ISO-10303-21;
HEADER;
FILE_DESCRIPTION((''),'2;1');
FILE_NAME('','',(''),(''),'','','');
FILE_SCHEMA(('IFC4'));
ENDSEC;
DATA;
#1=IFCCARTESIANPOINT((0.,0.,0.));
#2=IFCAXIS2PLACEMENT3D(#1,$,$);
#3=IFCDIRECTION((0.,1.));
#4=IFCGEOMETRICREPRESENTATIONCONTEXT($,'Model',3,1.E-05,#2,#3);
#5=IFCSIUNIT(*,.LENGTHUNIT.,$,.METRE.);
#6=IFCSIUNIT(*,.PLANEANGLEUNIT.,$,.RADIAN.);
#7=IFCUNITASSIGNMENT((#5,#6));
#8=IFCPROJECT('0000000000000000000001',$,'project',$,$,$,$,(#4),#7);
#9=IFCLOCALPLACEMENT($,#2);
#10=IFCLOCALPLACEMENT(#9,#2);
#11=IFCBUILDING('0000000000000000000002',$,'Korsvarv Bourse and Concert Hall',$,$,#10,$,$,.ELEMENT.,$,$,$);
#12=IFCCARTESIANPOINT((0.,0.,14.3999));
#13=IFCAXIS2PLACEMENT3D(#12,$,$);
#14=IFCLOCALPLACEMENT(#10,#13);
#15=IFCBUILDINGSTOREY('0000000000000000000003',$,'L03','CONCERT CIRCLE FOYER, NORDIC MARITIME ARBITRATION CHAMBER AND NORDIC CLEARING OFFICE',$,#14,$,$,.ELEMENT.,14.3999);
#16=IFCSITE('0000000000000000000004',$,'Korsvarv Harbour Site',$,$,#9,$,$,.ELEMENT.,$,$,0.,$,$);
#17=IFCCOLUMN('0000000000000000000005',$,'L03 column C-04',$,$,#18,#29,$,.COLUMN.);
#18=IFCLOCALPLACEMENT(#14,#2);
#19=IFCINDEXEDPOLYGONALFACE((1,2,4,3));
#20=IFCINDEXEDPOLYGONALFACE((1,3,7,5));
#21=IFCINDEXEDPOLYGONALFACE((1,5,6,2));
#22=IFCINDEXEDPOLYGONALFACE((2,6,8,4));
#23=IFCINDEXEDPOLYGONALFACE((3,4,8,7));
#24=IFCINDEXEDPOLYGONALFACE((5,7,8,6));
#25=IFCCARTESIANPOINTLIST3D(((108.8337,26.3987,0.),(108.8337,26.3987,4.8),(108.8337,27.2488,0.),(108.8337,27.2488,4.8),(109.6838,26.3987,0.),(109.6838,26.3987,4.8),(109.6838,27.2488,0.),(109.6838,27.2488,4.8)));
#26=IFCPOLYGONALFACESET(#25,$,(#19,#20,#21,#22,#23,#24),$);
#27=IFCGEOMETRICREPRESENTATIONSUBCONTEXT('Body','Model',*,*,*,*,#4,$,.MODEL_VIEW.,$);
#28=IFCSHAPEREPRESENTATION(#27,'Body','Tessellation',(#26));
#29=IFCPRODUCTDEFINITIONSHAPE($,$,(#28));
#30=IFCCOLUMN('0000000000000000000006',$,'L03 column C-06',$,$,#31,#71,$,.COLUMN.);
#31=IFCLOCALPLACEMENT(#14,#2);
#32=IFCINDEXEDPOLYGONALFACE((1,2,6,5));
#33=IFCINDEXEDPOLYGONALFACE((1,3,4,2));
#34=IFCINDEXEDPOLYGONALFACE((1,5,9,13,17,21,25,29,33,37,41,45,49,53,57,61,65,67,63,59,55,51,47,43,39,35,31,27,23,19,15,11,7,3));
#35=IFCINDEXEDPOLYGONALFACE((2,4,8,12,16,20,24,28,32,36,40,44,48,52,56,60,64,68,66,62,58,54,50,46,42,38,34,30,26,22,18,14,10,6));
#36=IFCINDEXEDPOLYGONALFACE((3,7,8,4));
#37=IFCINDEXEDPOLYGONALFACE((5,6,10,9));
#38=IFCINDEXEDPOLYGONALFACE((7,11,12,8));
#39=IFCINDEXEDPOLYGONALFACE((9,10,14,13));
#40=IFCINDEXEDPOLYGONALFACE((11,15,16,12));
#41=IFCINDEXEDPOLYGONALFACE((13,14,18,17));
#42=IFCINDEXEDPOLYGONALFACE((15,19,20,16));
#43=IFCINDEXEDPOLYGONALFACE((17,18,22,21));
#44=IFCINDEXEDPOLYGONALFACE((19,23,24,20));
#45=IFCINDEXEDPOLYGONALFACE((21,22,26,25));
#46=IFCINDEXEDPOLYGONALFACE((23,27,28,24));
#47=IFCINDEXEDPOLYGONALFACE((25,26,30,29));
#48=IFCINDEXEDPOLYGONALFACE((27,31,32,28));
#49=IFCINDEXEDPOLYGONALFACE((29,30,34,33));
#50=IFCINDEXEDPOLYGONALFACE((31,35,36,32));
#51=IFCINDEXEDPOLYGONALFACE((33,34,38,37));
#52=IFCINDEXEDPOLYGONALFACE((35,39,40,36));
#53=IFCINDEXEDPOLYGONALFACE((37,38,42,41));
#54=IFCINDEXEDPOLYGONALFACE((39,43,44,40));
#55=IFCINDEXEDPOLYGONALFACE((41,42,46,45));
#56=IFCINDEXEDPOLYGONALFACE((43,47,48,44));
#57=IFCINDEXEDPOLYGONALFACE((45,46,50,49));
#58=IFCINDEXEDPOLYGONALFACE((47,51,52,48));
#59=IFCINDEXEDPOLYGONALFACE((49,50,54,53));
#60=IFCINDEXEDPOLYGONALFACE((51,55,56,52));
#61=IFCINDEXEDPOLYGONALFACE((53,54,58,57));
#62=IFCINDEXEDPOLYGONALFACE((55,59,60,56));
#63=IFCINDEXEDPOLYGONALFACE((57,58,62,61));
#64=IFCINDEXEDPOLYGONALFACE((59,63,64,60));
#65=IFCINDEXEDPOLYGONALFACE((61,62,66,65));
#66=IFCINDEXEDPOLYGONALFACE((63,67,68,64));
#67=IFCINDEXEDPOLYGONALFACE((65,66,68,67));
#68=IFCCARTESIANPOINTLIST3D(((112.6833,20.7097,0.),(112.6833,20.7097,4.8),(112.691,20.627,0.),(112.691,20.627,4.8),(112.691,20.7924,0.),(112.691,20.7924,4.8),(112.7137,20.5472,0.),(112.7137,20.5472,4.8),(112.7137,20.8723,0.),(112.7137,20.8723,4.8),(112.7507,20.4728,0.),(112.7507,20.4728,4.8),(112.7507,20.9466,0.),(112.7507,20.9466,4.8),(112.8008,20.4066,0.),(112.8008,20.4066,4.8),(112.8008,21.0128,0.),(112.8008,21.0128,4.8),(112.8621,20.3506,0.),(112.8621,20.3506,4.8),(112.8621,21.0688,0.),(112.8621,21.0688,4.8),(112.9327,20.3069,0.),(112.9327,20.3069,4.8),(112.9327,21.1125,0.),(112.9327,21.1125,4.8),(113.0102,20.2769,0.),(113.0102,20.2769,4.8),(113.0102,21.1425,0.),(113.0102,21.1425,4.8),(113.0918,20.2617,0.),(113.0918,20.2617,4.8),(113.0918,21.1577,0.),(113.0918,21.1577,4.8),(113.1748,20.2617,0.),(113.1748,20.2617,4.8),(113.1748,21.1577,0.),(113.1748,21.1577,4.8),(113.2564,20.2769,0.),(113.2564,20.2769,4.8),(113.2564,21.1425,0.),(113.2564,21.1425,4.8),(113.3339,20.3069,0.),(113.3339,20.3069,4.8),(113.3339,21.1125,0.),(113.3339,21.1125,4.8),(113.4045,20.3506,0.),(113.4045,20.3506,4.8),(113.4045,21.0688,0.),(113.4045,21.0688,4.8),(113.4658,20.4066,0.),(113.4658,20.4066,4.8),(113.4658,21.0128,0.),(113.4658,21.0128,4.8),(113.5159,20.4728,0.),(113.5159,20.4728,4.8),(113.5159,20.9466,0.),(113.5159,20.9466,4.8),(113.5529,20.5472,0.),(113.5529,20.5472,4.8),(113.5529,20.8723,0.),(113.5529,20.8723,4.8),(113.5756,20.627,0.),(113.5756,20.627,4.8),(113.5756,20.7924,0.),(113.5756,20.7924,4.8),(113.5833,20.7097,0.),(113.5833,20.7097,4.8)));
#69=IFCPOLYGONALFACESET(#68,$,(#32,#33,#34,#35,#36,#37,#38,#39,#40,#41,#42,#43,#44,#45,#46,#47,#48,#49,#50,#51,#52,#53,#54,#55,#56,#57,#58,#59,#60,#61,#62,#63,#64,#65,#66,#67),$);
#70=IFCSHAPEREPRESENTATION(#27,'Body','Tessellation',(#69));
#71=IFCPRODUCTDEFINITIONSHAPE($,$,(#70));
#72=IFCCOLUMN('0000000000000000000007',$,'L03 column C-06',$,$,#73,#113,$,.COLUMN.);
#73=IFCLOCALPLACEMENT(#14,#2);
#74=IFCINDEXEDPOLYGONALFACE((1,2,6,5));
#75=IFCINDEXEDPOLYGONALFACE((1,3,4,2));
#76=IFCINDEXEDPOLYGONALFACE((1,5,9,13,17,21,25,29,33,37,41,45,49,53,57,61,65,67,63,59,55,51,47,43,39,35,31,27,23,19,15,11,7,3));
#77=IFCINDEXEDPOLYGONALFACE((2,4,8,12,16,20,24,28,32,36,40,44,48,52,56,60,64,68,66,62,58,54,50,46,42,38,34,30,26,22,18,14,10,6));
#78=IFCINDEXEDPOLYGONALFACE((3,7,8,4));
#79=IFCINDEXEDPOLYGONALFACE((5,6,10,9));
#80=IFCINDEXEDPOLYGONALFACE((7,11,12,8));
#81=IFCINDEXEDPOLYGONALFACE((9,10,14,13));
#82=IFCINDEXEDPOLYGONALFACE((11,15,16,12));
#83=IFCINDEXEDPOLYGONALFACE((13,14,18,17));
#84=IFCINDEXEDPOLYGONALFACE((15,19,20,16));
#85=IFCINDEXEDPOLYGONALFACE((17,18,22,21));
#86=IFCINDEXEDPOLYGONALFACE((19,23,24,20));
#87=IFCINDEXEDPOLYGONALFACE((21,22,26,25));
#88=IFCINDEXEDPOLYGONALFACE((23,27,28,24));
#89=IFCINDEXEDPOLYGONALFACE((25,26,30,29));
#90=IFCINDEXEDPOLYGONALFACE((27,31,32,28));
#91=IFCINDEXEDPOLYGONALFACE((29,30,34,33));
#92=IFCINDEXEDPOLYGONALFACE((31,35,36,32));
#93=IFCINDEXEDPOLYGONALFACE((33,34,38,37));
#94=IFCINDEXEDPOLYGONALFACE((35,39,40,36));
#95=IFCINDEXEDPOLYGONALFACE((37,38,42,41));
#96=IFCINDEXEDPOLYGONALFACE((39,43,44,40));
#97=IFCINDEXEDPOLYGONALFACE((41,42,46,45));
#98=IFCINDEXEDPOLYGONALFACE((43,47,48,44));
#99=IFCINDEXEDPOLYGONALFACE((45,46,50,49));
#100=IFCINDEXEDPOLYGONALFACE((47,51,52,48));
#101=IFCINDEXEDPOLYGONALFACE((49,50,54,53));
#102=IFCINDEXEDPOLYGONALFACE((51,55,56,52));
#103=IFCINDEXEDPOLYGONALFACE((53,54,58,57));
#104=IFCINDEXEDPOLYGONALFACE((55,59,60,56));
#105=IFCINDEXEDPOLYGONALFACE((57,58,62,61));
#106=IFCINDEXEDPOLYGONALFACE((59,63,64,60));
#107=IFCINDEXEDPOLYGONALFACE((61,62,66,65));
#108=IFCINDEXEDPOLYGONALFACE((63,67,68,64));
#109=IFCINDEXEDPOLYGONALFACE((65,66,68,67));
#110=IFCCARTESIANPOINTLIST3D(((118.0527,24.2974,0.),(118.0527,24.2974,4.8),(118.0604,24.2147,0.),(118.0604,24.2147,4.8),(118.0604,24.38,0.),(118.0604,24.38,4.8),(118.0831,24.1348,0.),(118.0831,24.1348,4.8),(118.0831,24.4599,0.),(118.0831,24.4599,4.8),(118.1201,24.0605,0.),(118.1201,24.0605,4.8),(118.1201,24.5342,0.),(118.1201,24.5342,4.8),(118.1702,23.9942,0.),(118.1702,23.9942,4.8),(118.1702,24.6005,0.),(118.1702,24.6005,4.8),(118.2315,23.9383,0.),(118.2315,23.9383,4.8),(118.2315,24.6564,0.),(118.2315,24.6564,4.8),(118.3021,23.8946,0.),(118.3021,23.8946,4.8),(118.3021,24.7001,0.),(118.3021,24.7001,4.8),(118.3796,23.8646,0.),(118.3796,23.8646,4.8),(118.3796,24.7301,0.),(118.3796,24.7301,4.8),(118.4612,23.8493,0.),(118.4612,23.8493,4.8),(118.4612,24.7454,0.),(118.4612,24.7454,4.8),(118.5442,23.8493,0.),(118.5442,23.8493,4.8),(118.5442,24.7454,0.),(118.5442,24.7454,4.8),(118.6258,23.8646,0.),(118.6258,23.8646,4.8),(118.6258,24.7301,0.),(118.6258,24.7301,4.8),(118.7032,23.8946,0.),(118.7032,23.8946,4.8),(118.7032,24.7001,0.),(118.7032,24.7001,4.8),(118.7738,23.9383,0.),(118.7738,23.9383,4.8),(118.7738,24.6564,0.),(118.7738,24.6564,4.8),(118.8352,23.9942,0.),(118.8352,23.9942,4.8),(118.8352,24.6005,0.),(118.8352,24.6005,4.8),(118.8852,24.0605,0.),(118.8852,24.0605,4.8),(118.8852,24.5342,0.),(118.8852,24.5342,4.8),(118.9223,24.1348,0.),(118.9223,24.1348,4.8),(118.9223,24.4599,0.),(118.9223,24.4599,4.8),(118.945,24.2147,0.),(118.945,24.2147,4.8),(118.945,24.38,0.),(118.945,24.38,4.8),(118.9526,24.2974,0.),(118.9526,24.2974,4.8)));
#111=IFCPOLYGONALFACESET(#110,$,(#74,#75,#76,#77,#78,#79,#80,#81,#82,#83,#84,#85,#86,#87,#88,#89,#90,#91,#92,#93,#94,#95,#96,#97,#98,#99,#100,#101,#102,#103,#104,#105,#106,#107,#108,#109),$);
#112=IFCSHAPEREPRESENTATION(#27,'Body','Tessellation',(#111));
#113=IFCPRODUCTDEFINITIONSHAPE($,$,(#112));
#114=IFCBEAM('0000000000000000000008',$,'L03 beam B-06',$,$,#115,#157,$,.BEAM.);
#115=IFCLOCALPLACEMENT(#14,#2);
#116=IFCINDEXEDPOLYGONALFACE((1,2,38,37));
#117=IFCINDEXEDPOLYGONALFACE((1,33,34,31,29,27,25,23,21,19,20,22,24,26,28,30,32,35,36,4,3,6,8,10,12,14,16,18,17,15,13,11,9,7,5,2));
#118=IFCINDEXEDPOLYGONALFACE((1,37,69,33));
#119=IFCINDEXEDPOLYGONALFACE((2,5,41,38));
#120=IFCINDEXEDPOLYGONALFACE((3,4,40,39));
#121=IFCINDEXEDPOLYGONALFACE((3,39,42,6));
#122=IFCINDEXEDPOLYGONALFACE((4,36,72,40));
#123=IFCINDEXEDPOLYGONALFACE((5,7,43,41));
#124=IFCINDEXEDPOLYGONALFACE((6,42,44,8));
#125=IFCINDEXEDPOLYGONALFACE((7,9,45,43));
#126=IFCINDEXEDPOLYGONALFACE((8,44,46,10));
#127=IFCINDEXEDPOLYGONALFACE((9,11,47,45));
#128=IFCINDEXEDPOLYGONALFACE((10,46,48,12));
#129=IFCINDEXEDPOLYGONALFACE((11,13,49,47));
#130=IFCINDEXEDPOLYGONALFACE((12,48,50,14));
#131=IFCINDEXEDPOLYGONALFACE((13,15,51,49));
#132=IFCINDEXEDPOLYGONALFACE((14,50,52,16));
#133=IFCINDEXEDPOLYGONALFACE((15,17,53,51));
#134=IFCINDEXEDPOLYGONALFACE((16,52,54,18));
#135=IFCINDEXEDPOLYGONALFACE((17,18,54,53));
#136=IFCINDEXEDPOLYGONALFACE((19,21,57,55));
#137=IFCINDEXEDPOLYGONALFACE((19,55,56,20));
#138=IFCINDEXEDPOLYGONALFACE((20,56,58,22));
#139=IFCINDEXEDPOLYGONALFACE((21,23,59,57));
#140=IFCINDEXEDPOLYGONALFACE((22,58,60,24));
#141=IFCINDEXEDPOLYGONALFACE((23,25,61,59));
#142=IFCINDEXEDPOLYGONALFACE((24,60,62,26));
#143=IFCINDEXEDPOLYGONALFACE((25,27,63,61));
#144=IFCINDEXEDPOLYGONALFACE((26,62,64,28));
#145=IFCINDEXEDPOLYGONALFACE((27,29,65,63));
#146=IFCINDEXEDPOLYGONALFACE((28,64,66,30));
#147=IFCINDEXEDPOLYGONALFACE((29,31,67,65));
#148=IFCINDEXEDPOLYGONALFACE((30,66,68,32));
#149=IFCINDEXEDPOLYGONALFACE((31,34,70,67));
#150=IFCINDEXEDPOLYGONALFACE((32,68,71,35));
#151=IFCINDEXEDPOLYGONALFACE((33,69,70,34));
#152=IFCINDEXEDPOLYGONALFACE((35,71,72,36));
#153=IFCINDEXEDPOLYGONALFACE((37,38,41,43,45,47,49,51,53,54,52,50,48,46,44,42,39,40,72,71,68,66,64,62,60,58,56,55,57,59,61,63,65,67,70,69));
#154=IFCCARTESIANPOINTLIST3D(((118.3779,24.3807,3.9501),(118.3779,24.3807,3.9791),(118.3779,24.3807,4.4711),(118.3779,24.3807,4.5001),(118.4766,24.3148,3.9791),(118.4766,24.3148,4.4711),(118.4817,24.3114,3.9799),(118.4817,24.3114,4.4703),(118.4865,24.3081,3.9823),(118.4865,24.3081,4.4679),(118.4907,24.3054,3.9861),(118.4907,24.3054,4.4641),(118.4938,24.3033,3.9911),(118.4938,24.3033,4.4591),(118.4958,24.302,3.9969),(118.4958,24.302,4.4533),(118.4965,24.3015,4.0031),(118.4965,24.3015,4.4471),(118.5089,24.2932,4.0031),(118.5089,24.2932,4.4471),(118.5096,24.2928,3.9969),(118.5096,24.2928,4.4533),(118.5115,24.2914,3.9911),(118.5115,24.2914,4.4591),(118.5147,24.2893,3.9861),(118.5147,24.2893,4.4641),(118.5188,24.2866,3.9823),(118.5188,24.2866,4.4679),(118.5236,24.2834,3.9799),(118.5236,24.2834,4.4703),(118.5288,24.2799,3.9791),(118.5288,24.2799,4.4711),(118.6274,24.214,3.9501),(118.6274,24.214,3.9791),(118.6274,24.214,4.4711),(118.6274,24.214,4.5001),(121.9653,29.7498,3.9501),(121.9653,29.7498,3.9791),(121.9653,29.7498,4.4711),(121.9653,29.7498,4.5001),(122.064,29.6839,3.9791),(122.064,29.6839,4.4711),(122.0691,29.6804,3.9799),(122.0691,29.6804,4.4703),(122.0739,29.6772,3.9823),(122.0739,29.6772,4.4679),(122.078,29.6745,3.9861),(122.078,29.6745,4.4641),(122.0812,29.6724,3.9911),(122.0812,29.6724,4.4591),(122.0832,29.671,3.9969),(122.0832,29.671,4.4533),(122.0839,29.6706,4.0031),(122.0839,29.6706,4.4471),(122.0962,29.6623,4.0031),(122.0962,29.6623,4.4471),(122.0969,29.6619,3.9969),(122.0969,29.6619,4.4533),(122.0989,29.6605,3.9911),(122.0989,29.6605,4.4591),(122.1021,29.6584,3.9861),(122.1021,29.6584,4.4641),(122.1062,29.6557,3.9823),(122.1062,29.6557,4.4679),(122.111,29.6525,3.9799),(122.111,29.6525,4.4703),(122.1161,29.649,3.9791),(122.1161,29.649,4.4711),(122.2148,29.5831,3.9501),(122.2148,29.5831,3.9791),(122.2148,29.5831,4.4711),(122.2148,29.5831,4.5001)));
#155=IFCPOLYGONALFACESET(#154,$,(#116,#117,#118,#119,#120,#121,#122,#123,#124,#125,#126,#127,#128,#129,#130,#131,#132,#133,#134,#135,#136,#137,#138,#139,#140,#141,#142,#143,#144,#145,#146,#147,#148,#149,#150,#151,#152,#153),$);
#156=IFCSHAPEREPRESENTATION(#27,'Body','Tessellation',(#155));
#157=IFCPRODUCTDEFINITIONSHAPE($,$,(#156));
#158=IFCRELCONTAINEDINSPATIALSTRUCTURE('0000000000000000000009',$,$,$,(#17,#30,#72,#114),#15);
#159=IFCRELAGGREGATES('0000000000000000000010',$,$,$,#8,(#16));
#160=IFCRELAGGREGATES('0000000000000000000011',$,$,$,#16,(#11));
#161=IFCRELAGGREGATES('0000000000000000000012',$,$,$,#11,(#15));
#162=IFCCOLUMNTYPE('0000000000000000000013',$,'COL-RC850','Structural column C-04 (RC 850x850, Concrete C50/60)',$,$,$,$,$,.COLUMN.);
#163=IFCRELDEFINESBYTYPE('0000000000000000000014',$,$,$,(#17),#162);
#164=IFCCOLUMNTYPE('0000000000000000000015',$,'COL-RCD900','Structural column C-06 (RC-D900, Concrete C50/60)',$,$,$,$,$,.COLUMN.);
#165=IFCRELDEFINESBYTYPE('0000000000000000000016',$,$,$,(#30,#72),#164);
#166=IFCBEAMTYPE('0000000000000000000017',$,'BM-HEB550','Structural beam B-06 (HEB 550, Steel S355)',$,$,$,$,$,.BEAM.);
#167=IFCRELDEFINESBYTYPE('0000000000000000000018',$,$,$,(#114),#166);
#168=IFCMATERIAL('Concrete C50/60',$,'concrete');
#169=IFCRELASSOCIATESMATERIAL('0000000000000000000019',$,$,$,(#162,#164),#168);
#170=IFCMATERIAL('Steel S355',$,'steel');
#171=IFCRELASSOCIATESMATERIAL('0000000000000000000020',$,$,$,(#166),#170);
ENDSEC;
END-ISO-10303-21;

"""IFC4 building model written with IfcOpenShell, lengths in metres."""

from ifc_helpers import new_model, si_unit, direction, frame, origin, origin_2d, place, context, subcontext, project, spatial, rectangle, circle, i_section, extrude, source, transform, mapped, material, material_profile, profile_set, type_object, element, save


model = new_model("IFC4")

# Units and contexts
model_context = context("Model", 3, precision=1e-05, world=origin(), true_north=direction((0.0, 1.0)))
body_context = subcontext(model_context, "Body", "Model", "MODEL_VIEW")
ifc_project = project(units=[si_unit("LENGTHUNIT", "METRE"), si_unit("PLANEANGLEUNIT", "RADIAN")], contexts=[model_context])

# Site, building, storey
site_placement = place(None, origin())
site = spatial("IfcSite", under=ifc_project, at=site_placement, Name="Korsvarv Harbour Site", CompositionType="ELEMENT", RefElevation=0.0)
building_placement = place(site_placement, origin())
building = spatial("IfcBuilding", under=site, at=building_placement, Name="Korsvarv Bourse and Concert Hall", CompositionType="ELEMENT")
storey_placement = place(building_placement, frame((0.0, 0.0, 14.3999)))
storey = spatial("IfcBuildingStorey", under=building, at=storey_placement, Name="L03", Description="CONCERT CIRCLE FOYER, NORDIC MARITIME ARBITRATION CHAMBER AND NORDIC CLEARING OFFICE", CompositionType="ELEMENT", Elevation=14.3999)

# Columns
ifc_material_1 = material(Name="Concrete C50/60", Category="concrete")
ifc_material_profile_1 = material_profile(ifc_material_1, rectangle(XDim=0.8501, YDim=0.8501, at=origin_2d()), Name="RC 850x850")
ifc_profile_set_1 = profile_set([ifc_material_profile_1], Name="Concrete C50/60")
column_type_1 = type_object("IfcColumnType", Name="COL-RC850", Description="Structural column C-04 (RC 850x850, Concrete C50/60)", PredefinedType="COLUMN", material=ifc_profile_set_1)
shared_shape_1 = source(origin(), body_context, "Body", "SweptSolid", [
    extrude(rectangle(XDim=0.8501, YDim=0.8501, at=origin_2d()), origin(), (0.0, 0.0, 1.0), 4.8),
])
column_placement = place(storey_placement, frame((109.2588, 26.8237, 0.0), z_axis=(0.0, 0.0, 1.0), x_axis=(1.0, 0.0, 0.0)))
element("IfcColumn", 1, at=column_placement, inside=storey, type_object=column_type_1, Name="L03 column C-04", PredefinedType="COLUMN", context=body_context, shape_type="MappedRepresentation", body=[
    mapped(shared_shape_1, transform((0.0, 0.0, 0.0), scale=1.0)),
])
ifc_material_profile_2 = material_profile(ifc_material_1, circle(Radius=0.45, at=origin_2d()), Name="RC-D900")
ifc_profile_set_2 = profile_set([ifc_material_profile_2], Name="Concrete C50/60")
column_type_2 = type_object("IfcColumnType", Name="COL-RCD900", Description="Structural column C-06 (RC-D900, Concrete C50/60)", PredefinedType="COLUMN", material=ifc_profile_set_2)
shared_shape_2 = source(origin(), body_context, "Body", "SweptSolid", [
    extrude(circle(Radius=0.45, at=origin_2d()), origin(), (0.0, 0.0, 1.0), 4.8),
])
for number, where, z_axis, x_axis, name in (
    (2, (113.1333, 20.7097, 0.0), (0.0, 0.0, 1.0), (1.0, 0.0, 0.0), "L03 column C-06"),
    (3, (118.5027, 24.2974, 0.0), (0.0, 0.0, 1.0), (1.0, 0.0, 0.0), "L03 column C-06"),
):
    element("IfcColumn", number, at=place(storey_placement, frame(where, z_axis=z_axis, x_axis=x_axis)), inside=storey, type_object=column_type_2, Name=name, PredefinedType="COLUMN", context=body_context, shape_type="MappedRepresentation", body=[
        mapped(shared_shape_2, transform((0.0, 0.0, 0.0), scale=1.0)),
    ])

# Beam
ifc_material_2 = material(Name="Steel S355", Category="steel")
ifc_material_profile_3 = material_profile(ifc_material_2, i_section(OverallWidth=0.3, OverallDepth=0.55, WebThickness=0.0149, FlangeThickness=0.0291, FilletRadius=0.0239, at=origin_2d()), Name="HEB 550")
ifc_profile_set_3 = profile_set([ifc_material_profile_3], Name="Steel S355")
beam_type = type_object("IfcBeamType", Name="BM-HEB550", Description="Structural beam B-06 (HEB 550, Steel S355)", PredefinedType="BEAM", material=ifc_profile_set_3)
shared_shape_3 = source(origin(), body_context, "Body", "SweptSolid", [
    extrude(i_section(OverallWidth=0.3, OverallDepth=0.55, WebThickness=0.0149, FlangeThickness=0.0291, FilletRadius=0.0239, at=origin_2d()), origin(), (0.0, 0.0, 1.0), 6.4573),
])
beam_1_placement = place(storey_placement, frame((118.5027, 24.2974, 4.2251), z_axis=(0.555555, 0.83148, 0.0), x_axis=(-0.83148, 0.555555, 0.0)))
element("IfcBeam", 4, at=beam_1_placement, inside=storey, type_object=beam_type, Name="L03 beam B-06", PredefinedType="BEAM", context=body_context, shape_type="MappedRepresentation", body=[
    mapped(shared_shape_3, transform((0.0, 0.0, 0.0), scale=1.0)),
])

save(model, "model.ifc")
